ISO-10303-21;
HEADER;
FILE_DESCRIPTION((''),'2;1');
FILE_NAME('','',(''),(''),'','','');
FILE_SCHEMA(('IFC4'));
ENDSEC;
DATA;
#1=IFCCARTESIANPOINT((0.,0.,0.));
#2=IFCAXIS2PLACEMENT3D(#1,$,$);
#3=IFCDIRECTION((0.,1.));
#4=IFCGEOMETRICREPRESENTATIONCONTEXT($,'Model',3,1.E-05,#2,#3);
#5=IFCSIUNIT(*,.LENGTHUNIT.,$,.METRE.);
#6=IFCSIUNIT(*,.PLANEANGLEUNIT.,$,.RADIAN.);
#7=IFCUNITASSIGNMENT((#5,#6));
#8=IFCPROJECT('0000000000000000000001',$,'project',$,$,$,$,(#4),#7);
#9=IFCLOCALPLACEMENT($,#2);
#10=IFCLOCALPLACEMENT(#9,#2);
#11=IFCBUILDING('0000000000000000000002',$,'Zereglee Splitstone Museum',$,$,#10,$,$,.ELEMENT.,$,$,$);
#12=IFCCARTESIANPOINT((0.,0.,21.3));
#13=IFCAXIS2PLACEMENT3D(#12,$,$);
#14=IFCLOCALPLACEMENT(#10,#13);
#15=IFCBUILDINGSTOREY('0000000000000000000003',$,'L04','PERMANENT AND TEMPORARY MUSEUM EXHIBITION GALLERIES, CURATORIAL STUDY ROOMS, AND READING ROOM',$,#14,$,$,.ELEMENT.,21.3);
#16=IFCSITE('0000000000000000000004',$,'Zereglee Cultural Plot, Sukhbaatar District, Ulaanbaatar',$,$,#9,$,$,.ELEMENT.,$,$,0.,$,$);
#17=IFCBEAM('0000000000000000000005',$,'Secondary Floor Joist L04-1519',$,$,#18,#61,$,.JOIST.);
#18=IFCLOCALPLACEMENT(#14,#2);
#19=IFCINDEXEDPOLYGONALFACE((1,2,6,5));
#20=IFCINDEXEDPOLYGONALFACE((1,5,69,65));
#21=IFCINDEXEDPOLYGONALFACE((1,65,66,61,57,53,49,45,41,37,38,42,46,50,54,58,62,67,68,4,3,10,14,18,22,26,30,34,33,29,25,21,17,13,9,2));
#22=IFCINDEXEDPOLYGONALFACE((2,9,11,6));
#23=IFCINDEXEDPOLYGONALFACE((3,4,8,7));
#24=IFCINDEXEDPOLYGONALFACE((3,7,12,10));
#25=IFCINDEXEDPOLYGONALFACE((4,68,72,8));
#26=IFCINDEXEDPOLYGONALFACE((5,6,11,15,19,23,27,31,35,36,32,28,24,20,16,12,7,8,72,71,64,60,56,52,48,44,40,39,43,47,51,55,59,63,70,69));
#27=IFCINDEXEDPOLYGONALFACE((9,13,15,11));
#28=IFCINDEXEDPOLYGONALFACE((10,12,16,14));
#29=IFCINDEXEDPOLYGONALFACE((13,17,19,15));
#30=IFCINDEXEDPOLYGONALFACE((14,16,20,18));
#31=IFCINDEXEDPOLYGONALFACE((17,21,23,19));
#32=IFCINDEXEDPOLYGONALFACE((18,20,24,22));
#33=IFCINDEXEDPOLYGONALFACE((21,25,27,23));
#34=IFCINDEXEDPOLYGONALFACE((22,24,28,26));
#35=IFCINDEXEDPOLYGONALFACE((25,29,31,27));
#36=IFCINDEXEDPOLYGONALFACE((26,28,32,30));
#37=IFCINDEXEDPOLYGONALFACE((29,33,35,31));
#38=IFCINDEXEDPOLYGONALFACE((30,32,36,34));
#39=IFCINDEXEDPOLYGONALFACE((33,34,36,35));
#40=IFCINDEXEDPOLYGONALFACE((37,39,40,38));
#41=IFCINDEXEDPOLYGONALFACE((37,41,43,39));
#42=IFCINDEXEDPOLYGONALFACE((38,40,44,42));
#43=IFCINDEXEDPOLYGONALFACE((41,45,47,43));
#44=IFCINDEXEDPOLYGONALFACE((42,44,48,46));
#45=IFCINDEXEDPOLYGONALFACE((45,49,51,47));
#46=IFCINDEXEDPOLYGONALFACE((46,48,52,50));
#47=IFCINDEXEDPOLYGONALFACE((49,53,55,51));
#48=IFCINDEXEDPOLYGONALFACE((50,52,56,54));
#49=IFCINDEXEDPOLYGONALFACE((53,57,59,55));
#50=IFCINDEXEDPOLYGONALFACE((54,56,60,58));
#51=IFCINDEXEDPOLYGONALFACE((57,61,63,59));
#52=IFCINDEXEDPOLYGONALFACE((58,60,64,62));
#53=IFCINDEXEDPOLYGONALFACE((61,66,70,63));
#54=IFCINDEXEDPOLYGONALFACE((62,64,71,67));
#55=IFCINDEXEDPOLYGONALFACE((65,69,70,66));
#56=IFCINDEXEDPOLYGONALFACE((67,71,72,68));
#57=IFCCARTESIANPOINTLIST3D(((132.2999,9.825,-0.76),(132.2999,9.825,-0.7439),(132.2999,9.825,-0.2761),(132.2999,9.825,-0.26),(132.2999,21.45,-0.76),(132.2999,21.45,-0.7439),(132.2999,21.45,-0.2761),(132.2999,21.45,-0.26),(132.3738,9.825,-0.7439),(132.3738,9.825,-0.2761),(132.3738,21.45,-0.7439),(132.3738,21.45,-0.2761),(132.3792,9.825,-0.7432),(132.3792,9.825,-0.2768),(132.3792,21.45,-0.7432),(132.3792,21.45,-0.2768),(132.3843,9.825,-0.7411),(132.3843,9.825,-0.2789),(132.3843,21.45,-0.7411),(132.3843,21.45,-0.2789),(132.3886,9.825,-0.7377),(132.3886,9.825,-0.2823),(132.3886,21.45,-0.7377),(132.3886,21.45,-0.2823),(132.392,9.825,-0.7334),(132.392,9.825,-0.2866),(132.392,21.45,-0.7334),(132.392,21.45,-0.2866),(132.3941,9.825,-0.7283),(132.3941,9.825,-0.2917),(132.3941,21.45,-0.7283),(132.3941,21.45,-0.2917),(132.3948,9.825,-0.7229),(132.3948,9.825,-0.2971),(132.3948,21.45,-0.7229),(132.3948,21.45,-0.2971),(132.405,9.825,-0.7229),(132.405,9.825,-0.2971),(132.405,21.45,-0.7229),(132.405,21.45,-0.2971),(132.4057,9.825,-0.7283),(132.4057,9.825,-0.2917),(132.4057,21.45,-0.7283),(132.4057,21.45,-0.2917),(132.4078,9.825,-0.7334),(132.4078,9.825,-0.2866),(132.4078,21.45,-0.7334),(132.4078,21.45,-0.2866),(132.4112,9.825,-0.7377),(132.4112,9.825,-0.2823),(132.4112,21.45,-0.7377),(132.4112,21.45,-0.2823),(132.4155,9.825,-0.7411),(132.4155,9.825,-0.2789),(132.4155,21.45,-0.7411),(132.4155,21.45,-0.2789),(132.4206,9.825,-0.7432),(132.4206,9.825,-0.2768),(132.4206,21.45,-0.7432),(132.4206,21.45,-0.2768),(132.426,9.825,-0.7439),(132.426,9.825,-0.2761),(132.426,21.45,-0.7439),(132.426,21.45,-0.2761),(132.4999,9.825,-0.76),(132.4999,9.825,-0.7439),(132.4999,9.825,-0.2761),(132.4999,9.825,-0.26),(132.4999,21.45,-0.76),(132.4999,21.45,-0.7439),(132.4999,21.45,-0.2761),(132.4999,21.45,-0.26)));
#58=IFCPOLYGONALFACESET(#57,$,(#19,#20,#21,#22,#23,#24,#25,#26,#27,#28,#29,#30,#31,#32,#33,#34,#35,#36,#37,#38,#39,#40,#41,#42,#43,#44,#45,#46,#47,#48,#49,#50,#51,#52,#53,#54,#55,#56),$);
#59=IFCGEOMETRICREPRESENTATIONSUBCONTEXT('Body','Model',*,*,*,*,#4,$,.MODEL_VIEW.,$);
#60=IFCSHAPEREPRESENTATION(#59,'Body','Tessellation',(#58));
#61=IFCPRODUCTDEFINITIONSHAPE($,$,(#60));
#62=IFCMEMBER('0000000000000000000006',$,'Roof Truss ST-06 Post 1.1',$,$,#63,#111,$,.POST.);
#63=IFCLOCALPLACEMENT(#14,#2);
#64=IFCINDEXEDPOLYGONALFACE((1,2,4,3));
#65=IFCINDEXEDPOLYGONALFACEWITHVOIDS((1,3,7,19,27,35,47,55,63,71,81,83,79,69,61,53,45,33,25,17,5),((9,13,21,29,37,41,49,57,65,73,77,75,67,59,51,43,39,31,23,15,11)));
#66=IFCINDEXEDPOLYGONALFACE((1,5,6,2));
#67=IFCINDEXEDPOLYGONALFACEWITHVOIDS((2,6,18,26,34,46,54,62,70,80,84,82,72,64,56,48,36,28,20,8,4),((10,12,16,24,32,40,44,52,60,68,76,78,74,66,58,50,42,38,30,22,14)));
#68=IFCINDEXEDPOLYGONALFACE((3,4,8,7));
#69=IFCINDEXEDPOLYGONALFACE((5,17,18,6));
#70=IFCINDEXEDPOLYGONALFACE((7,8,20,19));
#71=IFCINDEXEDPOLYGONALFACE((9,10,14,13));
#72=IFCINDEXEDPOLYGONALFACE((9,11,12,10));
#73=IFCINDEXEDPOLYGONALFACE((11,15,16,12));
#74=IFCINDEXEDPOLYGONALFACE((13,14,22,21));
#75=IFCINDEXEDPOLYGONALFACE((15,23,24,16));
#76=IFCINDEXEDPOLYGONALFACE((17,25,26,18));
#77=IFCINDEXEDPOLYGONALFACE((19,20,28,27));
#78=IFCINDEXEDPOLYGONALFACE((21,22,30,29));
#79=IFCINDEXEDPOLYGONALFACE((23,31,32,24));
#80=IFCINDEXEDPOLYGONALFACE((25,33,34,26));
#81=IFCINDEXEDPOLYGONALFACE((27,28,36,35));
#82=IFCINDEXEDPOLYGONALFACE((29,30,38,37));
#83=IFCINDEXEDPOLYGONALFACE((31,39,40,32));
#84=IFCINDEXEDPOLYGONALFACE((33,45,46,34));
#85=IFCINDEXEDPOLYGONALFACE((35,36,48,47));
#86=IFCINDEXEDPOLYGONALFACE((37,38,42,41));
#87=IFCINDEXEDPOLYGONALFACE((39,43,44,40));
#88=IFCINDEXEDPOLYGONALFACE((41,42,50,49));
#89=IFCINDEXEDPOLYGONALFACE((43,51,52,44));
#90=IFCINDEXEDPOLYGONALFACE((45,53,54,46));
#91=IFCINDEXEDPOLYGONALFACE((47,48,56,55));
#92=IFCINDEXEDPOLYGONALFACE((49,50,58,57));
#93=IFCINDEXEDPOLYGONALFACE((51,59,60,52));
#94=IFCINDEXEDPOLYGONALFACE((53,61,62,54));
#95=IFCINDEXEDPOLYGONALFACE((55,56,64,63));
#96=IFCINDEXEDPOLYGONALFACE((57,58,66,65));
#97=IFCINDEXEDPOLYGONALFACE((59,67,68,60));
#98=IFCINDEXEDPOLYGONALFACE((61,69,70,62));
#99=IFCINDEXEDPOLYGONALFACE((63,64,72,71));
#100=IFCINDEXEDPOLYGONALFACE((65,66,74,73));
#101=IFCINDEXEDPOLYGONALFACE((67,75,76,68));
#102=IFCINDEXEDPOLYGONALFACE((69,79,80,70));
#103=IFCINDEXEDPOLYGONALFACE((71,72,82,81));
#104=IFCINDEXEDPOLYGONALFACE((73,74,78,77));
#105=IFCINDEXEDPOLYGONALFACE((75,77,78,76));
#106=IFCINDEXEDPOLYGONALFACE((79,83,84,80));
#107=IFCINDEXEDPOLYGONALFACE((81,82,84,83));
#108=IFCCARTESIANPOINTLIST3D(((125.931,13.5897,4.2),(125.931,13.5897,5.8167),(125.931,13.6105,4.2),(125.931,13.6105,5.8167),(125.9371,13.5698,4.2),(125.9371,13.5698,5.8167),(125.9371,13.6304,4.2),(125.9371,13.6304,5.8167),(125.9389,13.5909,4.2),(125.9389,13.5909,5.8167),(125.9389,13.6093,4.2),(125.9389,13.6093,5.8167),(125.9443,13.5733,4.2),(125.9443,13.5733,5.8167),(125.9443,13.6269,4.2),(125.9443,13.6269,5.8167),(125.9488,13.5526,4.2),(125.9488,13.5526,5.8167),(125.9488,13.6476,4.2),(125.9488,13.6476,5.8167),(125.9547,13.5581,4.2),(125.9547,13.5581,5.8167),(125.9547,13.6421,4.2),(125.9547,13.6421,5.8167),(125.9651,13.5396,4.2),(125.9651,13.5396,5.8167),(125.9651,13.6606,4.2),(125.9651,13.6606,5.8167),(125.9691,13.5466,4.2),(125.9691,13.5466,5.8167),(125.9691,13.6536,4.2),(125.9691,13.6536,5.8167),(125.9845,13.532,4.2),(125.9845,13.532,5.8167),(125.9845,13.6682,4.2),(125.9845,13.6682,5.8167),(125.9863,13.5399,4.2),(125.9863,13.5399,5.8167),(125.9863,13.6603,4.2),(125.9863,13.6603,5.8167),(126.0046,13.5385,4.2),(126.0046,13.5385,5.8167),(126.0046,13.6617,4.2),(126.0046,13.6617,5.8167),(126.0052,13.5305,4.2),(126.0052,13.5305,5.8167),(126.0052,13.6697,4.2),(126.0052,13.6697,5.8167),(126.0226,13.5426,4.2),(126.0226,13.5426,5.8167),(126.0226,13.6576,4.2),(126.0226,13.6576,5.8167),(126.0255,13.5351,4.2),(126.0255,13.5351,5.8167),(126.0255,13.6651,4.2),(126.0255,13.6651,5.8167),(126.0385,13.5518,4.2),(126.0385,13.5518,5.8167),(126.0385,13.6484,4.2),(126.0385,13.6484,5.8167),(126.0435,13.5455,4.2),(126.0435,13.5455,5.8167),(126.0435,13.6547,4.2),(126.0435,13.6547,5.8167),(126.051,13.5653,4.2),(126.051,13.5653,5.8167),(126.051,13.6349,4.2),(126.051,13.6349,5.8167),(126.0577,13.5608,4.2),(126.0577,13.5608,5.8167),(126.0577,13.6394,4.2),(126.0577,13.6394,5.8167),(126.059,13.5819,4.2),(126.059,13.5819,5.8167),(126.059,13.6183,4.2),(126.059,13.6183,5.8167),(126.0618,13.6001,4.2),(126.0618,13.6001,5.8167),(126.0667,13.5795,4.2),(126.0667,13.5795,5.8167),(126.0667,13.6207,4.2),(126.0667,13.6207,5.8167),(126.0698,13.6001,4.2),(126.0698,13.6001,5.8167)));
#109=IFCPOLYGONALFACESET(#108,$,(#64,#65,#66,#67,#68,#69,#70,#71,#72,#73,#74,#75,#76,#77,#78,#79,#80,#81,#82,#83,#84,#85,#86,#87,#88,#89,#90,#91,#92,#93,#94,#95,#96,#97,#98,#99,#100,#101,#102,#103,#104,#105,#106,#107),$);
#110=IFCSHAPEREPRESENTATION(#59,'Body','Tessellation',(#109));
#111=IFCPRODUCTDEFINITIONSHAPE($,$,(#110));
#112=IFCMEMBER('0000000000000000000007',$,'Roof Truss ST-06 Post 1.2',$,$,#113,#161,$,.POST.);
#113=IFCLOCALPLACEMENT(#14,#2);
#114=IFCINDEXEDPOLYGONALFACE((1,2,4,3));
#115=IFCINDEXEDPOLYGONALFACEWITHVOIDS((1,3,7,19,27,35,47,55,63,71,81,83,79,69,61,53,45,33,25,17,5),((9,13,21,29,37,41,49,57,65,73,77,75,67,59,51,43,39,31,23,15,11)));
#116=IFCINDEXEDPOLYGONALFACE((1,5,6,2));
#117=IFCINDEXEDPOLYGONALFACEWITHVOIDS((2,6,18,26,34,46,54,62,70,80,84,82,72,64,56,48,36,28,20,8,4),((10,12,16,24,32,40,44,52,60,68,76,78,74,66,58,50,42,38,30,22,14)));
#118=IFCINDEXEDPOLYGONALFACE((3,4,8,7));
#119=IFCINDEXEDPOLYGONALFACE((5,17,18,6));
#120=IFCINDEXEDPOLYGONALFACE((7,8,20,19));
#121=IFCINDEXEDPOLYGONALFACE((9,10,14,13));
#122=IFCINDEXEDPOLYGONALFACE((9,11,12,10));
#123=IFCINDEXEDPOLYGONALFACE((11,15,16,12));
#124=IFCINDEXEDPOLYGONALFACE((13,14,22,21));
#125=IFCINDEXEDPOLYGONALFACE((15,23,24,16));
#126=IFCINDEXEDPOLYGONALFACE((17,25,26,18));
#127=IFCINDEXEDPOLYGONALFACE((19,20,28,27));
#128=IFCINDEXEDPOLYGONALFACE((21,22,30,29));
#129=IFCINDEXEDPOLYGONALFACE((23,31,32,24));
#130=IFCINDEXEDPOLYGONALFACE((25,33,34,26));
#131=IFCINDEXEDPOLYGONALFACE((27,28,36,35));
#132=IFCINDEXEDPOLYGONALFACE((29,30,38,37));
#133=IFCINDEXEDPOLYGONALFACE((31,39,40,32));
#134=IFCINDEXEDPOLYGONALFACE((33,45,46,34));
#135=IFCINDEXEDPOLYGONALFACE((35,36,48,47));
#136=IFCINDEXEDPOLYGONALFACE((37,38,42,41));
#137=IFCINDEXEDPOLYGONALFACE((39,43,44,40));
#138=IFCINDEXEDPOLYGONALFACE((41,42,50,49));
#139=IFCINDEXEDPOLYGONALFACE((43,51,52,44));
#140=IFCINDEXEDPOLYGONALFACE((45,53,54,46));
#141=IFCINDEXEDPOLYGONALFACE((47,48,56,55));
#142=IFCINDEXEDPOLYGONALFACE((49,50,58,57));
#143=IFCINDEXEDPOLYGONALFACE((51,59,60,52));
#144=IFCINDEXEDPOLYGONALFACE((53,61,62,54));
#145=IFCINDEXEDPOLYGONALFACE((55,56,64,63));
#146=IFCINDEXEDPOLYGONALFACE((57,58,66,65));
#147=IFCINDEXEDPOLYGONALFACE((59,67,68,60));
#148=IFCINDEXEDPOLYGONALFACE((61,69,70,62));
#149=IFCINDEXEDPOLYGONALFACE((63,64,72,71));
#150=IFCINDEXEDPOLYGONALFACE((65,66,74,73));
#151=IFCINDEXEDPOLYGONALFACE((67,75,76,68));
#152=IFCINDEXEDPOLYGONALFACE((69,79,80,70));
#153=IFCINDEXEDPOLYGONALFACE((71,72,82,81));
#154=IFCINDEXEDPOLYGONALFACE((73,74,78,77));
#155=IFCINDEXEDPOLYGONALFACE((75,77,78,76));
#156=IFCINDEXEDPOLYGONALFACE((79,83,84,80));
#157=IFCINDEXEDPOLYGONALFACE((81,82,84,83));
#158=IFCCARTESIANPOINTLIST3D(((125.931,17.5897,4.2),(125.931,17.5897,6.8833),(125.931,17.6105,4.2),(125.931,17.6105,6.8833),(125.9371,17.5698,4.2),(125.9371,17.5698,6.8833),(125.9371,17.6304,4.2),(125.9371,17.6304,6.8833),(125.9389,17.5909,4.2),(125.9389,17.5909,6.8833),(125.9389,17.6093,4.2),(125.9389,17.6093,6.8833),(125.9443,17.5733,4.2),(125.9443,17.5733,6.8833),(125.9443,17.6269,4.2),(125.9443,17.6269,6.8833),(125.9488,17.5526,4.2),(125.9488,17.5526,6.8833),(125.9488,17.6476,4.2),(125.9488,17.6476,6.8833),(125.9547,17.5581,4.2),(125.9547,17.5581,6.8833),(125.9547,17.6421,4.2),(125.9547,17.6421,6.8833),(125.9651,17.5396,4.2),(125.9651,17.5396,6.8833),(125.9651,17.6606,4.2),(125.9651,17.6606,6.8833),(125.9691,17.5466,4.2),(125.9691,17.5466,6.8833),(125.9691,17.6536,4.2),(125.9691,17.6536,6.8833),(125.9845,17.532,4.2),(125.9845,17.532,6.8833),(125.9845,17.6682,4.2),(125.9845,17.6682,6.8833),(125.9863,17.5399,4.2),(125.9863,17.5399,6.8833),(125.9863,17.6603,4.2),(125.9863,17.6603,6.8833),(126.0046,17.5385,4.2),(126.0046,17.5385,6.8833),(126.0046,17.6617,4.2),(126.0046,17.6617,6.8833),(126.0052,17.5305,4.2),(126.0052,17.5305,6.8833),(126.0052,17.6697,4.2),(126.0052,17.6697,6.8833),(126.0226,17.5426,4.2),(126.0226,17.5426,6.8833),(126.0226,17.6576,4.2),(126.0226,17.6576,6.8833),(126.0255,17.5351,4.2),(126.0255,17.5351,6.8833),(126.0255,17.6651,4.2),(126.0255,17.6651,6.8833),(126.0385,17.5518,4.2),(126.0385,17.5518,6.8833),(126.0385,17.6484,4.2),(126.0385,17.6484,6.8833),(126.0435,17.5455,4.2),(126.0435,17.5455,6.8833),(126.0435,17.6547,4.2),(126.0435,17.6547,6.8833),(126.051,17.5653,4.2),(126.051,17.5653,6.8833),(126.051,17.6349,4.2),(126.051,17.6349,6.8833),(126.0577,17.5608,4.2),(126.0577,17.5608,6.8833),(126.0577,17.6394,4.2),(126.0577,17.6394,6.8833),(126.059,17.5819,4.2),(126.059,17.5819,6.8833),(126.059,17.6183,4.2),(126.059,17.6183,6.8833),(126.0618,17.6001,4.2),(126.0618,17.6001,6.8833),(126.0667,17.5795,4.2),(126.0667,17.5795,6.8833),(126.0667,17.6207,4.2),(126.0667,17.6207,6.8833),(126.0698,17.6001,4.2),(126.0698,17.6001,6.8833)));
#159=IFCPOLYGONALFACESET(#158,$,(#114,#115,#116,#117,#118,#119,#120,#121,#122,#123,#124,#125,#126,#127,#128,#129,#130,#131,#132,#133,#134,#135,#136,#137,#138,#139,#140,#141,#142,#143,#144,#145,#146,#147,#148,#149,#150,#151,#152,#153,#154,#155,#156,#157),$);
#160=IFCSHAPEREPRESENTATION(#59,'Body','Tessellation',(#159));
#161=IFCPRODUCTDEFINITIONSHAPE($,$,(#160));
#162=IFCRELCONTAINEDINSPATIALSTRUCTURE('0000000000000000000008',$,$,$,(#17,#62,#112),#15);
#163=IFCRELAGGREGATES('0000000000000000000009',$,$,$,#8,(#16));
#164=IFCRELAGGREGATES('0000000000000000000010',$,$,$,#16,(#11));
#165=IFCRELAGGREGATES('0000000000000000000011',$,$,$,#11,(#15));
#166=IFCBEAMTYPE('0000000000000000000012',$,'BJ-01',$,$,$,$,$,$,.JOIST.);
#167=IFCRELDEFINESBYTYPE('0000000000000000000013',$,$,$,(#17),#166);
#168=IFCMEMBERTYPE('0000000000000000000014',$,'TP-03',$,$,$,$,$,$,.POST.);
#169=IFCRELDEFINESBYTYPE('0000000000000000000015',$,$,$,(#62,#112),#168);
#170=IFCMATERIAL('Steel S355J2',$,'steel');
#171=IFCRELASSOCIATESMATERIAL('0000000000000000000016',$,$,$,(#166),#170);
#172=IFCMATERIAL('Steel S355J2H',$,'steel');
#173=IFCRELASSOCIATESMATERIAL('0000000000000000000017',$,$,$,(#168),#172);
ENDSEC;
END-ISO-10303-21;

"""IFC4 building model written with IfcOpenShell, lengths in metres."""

from ifc_helpers import new_model, si_unit, direction, frame, origin, origin_2d, place, context, subcontext, project, spatial, hollow_circle, i_section, extrude, material, material_profile, profile_set, type_object, element, save


model = new_model("IFC4")

# Units and contexts
model_context = context("Model", 3, precision=1e-05, world=origin(), true_north=direction((0.0, 1.0)))
body_context = subcontext(model_context, "Body", "Model", "MODEL_VIEW")
ifc_project = project(units=[si_unit("LENGTHUNIT", "METRE"), si_unit("PLANEANGLEUNIT", "RADIAN")], contexts=[model_context])

# Site, building, storey
site_placement = place(None, origin())
site = spatial("IfcSite", under=ifc_project, at=site_placement, Name="Zereglee Cultural Plot, Sukhbaatar District, Ulaanbaatar", CompositionType="ELEMENT", RefElevation=0.0)
building_placement = place(site_placement, origin())
building = spatial("IfcBuilding", under=site, at=building_placement, Name="Zereglee Splitstone Museum", CompositionType="ELEMENT")
storey_placement = place(building_placement, frame((0.0, 0.0, 21.3)))
storey = spatial("IfcBuildingStorey", under=building, at=storey_placement, Name="L04", Description="PERMANENT AND TEMPORARY MUSEUM EXHIBITION GALLERIES, CURATORIAL STUDY ROOMS, AND READING ROOM", CompositionType="ELEMENT", Elevation=21.3)

# Shared definitions
ifc_material_1 = material(Name="Steel S355J2H", Category="steel")
ifc_material_2 = material(Name="Steel S355J2", Category="steel")

# Beam
ifc_material_profile_1 = material_profile(ifc_material_2, i_section(OverallWidth=0.2, OverallDepth=0.5, WebThickness=0.0103, FlangeThickness=0.0161, FilletRadius=0.021, at=origin_2d()), Name="IPE 500")
ifc_profile_set_1 = profile_set([ifc_material_profile_1], Name="Steel S355J2")
beam_type_1 = type_object("IfcBeamType", Name="BJ-01", PredefinedType="JOIST", material=ifc_profile_set_1)
beam_1_placement = place(storey_placement, frame((132.3999, 9.825, -0.51), z_axis=(0.0, 1.0, 0.0), x_axis=(-1.0, 0.0, 0.0)))
element("IfcBeam", 1, at=beam_1_placement, inside=storey, type_object=beam_type_1, Name="Secondary Floor Joist L04-1519", PredefinedType="JOIST", context=body_context, shape_type="SweptSolid", body=[
    extrude(i_section(OverallWidth=0.2, OverallDepth=0.5, WebThickness=0.0103, FlangeThickness=0.0161, FilletRadius=0.021, at=origin_2d()), origin(), (0.0, 0.0, 1.0), 11.625),
])

# Members
ifc_material_profile_2 = material_profile(ifc_material_1, hollow_circle(Radius=0.0698, WallThickness=0.0081, at=origin_2d()), Name="CHS 139.7x8")
ifc_profile_set_2 = profile_set([ifc_material_profile_2], Name="Steel S355J2H")
member_type_1 = type_object("IfcMemberType", Name="TP-03", PredefinedType="POST", material=ifc_profile_set_2)
member_1_placement = place(storey_placement, frame((126.0, 13.6001, 4.2), z_axis=(0.0, 0.0, 1.0), x_axis=(1.0, 0.0, 0.0)))
element("IfcMember", 2, at=member_1_placement, inside=storey, type_object=member_type_1, Name="Roof Truss ST-06 Post 1.1", PredefinedType="POST", context=body_context, shape_type="SweptSolid", body=[
    extrude(hollow_circle(Radius=0.0698, WallThickness=0.0081, at=origin_2d()), origin(), (0.0, 0.0, 1.0), 1.6167),
])
member_2_placement = place(storey_placement, frame((126.0, 17.6001, 4.2), z_axis=(0.0, 0.0, 1.0), x_axis=(1.0, 0.0, 0.0)))
element("IfcMember", 3, at=member_2_placement, inside=storey, type_object=member_type_1, Name="Roof Truss ST-06 Post 1.2", PredefinedType="POST", context=body_context, shape_type="SweptSolid", body=[
    extrude(hollow_circle(Radius=0.0698, WallThickness=0.0081, at=origin_2d()), origin(), (0.0, 0.0, 1.0), 2.6833),
])

save(model, "model.ifc")
